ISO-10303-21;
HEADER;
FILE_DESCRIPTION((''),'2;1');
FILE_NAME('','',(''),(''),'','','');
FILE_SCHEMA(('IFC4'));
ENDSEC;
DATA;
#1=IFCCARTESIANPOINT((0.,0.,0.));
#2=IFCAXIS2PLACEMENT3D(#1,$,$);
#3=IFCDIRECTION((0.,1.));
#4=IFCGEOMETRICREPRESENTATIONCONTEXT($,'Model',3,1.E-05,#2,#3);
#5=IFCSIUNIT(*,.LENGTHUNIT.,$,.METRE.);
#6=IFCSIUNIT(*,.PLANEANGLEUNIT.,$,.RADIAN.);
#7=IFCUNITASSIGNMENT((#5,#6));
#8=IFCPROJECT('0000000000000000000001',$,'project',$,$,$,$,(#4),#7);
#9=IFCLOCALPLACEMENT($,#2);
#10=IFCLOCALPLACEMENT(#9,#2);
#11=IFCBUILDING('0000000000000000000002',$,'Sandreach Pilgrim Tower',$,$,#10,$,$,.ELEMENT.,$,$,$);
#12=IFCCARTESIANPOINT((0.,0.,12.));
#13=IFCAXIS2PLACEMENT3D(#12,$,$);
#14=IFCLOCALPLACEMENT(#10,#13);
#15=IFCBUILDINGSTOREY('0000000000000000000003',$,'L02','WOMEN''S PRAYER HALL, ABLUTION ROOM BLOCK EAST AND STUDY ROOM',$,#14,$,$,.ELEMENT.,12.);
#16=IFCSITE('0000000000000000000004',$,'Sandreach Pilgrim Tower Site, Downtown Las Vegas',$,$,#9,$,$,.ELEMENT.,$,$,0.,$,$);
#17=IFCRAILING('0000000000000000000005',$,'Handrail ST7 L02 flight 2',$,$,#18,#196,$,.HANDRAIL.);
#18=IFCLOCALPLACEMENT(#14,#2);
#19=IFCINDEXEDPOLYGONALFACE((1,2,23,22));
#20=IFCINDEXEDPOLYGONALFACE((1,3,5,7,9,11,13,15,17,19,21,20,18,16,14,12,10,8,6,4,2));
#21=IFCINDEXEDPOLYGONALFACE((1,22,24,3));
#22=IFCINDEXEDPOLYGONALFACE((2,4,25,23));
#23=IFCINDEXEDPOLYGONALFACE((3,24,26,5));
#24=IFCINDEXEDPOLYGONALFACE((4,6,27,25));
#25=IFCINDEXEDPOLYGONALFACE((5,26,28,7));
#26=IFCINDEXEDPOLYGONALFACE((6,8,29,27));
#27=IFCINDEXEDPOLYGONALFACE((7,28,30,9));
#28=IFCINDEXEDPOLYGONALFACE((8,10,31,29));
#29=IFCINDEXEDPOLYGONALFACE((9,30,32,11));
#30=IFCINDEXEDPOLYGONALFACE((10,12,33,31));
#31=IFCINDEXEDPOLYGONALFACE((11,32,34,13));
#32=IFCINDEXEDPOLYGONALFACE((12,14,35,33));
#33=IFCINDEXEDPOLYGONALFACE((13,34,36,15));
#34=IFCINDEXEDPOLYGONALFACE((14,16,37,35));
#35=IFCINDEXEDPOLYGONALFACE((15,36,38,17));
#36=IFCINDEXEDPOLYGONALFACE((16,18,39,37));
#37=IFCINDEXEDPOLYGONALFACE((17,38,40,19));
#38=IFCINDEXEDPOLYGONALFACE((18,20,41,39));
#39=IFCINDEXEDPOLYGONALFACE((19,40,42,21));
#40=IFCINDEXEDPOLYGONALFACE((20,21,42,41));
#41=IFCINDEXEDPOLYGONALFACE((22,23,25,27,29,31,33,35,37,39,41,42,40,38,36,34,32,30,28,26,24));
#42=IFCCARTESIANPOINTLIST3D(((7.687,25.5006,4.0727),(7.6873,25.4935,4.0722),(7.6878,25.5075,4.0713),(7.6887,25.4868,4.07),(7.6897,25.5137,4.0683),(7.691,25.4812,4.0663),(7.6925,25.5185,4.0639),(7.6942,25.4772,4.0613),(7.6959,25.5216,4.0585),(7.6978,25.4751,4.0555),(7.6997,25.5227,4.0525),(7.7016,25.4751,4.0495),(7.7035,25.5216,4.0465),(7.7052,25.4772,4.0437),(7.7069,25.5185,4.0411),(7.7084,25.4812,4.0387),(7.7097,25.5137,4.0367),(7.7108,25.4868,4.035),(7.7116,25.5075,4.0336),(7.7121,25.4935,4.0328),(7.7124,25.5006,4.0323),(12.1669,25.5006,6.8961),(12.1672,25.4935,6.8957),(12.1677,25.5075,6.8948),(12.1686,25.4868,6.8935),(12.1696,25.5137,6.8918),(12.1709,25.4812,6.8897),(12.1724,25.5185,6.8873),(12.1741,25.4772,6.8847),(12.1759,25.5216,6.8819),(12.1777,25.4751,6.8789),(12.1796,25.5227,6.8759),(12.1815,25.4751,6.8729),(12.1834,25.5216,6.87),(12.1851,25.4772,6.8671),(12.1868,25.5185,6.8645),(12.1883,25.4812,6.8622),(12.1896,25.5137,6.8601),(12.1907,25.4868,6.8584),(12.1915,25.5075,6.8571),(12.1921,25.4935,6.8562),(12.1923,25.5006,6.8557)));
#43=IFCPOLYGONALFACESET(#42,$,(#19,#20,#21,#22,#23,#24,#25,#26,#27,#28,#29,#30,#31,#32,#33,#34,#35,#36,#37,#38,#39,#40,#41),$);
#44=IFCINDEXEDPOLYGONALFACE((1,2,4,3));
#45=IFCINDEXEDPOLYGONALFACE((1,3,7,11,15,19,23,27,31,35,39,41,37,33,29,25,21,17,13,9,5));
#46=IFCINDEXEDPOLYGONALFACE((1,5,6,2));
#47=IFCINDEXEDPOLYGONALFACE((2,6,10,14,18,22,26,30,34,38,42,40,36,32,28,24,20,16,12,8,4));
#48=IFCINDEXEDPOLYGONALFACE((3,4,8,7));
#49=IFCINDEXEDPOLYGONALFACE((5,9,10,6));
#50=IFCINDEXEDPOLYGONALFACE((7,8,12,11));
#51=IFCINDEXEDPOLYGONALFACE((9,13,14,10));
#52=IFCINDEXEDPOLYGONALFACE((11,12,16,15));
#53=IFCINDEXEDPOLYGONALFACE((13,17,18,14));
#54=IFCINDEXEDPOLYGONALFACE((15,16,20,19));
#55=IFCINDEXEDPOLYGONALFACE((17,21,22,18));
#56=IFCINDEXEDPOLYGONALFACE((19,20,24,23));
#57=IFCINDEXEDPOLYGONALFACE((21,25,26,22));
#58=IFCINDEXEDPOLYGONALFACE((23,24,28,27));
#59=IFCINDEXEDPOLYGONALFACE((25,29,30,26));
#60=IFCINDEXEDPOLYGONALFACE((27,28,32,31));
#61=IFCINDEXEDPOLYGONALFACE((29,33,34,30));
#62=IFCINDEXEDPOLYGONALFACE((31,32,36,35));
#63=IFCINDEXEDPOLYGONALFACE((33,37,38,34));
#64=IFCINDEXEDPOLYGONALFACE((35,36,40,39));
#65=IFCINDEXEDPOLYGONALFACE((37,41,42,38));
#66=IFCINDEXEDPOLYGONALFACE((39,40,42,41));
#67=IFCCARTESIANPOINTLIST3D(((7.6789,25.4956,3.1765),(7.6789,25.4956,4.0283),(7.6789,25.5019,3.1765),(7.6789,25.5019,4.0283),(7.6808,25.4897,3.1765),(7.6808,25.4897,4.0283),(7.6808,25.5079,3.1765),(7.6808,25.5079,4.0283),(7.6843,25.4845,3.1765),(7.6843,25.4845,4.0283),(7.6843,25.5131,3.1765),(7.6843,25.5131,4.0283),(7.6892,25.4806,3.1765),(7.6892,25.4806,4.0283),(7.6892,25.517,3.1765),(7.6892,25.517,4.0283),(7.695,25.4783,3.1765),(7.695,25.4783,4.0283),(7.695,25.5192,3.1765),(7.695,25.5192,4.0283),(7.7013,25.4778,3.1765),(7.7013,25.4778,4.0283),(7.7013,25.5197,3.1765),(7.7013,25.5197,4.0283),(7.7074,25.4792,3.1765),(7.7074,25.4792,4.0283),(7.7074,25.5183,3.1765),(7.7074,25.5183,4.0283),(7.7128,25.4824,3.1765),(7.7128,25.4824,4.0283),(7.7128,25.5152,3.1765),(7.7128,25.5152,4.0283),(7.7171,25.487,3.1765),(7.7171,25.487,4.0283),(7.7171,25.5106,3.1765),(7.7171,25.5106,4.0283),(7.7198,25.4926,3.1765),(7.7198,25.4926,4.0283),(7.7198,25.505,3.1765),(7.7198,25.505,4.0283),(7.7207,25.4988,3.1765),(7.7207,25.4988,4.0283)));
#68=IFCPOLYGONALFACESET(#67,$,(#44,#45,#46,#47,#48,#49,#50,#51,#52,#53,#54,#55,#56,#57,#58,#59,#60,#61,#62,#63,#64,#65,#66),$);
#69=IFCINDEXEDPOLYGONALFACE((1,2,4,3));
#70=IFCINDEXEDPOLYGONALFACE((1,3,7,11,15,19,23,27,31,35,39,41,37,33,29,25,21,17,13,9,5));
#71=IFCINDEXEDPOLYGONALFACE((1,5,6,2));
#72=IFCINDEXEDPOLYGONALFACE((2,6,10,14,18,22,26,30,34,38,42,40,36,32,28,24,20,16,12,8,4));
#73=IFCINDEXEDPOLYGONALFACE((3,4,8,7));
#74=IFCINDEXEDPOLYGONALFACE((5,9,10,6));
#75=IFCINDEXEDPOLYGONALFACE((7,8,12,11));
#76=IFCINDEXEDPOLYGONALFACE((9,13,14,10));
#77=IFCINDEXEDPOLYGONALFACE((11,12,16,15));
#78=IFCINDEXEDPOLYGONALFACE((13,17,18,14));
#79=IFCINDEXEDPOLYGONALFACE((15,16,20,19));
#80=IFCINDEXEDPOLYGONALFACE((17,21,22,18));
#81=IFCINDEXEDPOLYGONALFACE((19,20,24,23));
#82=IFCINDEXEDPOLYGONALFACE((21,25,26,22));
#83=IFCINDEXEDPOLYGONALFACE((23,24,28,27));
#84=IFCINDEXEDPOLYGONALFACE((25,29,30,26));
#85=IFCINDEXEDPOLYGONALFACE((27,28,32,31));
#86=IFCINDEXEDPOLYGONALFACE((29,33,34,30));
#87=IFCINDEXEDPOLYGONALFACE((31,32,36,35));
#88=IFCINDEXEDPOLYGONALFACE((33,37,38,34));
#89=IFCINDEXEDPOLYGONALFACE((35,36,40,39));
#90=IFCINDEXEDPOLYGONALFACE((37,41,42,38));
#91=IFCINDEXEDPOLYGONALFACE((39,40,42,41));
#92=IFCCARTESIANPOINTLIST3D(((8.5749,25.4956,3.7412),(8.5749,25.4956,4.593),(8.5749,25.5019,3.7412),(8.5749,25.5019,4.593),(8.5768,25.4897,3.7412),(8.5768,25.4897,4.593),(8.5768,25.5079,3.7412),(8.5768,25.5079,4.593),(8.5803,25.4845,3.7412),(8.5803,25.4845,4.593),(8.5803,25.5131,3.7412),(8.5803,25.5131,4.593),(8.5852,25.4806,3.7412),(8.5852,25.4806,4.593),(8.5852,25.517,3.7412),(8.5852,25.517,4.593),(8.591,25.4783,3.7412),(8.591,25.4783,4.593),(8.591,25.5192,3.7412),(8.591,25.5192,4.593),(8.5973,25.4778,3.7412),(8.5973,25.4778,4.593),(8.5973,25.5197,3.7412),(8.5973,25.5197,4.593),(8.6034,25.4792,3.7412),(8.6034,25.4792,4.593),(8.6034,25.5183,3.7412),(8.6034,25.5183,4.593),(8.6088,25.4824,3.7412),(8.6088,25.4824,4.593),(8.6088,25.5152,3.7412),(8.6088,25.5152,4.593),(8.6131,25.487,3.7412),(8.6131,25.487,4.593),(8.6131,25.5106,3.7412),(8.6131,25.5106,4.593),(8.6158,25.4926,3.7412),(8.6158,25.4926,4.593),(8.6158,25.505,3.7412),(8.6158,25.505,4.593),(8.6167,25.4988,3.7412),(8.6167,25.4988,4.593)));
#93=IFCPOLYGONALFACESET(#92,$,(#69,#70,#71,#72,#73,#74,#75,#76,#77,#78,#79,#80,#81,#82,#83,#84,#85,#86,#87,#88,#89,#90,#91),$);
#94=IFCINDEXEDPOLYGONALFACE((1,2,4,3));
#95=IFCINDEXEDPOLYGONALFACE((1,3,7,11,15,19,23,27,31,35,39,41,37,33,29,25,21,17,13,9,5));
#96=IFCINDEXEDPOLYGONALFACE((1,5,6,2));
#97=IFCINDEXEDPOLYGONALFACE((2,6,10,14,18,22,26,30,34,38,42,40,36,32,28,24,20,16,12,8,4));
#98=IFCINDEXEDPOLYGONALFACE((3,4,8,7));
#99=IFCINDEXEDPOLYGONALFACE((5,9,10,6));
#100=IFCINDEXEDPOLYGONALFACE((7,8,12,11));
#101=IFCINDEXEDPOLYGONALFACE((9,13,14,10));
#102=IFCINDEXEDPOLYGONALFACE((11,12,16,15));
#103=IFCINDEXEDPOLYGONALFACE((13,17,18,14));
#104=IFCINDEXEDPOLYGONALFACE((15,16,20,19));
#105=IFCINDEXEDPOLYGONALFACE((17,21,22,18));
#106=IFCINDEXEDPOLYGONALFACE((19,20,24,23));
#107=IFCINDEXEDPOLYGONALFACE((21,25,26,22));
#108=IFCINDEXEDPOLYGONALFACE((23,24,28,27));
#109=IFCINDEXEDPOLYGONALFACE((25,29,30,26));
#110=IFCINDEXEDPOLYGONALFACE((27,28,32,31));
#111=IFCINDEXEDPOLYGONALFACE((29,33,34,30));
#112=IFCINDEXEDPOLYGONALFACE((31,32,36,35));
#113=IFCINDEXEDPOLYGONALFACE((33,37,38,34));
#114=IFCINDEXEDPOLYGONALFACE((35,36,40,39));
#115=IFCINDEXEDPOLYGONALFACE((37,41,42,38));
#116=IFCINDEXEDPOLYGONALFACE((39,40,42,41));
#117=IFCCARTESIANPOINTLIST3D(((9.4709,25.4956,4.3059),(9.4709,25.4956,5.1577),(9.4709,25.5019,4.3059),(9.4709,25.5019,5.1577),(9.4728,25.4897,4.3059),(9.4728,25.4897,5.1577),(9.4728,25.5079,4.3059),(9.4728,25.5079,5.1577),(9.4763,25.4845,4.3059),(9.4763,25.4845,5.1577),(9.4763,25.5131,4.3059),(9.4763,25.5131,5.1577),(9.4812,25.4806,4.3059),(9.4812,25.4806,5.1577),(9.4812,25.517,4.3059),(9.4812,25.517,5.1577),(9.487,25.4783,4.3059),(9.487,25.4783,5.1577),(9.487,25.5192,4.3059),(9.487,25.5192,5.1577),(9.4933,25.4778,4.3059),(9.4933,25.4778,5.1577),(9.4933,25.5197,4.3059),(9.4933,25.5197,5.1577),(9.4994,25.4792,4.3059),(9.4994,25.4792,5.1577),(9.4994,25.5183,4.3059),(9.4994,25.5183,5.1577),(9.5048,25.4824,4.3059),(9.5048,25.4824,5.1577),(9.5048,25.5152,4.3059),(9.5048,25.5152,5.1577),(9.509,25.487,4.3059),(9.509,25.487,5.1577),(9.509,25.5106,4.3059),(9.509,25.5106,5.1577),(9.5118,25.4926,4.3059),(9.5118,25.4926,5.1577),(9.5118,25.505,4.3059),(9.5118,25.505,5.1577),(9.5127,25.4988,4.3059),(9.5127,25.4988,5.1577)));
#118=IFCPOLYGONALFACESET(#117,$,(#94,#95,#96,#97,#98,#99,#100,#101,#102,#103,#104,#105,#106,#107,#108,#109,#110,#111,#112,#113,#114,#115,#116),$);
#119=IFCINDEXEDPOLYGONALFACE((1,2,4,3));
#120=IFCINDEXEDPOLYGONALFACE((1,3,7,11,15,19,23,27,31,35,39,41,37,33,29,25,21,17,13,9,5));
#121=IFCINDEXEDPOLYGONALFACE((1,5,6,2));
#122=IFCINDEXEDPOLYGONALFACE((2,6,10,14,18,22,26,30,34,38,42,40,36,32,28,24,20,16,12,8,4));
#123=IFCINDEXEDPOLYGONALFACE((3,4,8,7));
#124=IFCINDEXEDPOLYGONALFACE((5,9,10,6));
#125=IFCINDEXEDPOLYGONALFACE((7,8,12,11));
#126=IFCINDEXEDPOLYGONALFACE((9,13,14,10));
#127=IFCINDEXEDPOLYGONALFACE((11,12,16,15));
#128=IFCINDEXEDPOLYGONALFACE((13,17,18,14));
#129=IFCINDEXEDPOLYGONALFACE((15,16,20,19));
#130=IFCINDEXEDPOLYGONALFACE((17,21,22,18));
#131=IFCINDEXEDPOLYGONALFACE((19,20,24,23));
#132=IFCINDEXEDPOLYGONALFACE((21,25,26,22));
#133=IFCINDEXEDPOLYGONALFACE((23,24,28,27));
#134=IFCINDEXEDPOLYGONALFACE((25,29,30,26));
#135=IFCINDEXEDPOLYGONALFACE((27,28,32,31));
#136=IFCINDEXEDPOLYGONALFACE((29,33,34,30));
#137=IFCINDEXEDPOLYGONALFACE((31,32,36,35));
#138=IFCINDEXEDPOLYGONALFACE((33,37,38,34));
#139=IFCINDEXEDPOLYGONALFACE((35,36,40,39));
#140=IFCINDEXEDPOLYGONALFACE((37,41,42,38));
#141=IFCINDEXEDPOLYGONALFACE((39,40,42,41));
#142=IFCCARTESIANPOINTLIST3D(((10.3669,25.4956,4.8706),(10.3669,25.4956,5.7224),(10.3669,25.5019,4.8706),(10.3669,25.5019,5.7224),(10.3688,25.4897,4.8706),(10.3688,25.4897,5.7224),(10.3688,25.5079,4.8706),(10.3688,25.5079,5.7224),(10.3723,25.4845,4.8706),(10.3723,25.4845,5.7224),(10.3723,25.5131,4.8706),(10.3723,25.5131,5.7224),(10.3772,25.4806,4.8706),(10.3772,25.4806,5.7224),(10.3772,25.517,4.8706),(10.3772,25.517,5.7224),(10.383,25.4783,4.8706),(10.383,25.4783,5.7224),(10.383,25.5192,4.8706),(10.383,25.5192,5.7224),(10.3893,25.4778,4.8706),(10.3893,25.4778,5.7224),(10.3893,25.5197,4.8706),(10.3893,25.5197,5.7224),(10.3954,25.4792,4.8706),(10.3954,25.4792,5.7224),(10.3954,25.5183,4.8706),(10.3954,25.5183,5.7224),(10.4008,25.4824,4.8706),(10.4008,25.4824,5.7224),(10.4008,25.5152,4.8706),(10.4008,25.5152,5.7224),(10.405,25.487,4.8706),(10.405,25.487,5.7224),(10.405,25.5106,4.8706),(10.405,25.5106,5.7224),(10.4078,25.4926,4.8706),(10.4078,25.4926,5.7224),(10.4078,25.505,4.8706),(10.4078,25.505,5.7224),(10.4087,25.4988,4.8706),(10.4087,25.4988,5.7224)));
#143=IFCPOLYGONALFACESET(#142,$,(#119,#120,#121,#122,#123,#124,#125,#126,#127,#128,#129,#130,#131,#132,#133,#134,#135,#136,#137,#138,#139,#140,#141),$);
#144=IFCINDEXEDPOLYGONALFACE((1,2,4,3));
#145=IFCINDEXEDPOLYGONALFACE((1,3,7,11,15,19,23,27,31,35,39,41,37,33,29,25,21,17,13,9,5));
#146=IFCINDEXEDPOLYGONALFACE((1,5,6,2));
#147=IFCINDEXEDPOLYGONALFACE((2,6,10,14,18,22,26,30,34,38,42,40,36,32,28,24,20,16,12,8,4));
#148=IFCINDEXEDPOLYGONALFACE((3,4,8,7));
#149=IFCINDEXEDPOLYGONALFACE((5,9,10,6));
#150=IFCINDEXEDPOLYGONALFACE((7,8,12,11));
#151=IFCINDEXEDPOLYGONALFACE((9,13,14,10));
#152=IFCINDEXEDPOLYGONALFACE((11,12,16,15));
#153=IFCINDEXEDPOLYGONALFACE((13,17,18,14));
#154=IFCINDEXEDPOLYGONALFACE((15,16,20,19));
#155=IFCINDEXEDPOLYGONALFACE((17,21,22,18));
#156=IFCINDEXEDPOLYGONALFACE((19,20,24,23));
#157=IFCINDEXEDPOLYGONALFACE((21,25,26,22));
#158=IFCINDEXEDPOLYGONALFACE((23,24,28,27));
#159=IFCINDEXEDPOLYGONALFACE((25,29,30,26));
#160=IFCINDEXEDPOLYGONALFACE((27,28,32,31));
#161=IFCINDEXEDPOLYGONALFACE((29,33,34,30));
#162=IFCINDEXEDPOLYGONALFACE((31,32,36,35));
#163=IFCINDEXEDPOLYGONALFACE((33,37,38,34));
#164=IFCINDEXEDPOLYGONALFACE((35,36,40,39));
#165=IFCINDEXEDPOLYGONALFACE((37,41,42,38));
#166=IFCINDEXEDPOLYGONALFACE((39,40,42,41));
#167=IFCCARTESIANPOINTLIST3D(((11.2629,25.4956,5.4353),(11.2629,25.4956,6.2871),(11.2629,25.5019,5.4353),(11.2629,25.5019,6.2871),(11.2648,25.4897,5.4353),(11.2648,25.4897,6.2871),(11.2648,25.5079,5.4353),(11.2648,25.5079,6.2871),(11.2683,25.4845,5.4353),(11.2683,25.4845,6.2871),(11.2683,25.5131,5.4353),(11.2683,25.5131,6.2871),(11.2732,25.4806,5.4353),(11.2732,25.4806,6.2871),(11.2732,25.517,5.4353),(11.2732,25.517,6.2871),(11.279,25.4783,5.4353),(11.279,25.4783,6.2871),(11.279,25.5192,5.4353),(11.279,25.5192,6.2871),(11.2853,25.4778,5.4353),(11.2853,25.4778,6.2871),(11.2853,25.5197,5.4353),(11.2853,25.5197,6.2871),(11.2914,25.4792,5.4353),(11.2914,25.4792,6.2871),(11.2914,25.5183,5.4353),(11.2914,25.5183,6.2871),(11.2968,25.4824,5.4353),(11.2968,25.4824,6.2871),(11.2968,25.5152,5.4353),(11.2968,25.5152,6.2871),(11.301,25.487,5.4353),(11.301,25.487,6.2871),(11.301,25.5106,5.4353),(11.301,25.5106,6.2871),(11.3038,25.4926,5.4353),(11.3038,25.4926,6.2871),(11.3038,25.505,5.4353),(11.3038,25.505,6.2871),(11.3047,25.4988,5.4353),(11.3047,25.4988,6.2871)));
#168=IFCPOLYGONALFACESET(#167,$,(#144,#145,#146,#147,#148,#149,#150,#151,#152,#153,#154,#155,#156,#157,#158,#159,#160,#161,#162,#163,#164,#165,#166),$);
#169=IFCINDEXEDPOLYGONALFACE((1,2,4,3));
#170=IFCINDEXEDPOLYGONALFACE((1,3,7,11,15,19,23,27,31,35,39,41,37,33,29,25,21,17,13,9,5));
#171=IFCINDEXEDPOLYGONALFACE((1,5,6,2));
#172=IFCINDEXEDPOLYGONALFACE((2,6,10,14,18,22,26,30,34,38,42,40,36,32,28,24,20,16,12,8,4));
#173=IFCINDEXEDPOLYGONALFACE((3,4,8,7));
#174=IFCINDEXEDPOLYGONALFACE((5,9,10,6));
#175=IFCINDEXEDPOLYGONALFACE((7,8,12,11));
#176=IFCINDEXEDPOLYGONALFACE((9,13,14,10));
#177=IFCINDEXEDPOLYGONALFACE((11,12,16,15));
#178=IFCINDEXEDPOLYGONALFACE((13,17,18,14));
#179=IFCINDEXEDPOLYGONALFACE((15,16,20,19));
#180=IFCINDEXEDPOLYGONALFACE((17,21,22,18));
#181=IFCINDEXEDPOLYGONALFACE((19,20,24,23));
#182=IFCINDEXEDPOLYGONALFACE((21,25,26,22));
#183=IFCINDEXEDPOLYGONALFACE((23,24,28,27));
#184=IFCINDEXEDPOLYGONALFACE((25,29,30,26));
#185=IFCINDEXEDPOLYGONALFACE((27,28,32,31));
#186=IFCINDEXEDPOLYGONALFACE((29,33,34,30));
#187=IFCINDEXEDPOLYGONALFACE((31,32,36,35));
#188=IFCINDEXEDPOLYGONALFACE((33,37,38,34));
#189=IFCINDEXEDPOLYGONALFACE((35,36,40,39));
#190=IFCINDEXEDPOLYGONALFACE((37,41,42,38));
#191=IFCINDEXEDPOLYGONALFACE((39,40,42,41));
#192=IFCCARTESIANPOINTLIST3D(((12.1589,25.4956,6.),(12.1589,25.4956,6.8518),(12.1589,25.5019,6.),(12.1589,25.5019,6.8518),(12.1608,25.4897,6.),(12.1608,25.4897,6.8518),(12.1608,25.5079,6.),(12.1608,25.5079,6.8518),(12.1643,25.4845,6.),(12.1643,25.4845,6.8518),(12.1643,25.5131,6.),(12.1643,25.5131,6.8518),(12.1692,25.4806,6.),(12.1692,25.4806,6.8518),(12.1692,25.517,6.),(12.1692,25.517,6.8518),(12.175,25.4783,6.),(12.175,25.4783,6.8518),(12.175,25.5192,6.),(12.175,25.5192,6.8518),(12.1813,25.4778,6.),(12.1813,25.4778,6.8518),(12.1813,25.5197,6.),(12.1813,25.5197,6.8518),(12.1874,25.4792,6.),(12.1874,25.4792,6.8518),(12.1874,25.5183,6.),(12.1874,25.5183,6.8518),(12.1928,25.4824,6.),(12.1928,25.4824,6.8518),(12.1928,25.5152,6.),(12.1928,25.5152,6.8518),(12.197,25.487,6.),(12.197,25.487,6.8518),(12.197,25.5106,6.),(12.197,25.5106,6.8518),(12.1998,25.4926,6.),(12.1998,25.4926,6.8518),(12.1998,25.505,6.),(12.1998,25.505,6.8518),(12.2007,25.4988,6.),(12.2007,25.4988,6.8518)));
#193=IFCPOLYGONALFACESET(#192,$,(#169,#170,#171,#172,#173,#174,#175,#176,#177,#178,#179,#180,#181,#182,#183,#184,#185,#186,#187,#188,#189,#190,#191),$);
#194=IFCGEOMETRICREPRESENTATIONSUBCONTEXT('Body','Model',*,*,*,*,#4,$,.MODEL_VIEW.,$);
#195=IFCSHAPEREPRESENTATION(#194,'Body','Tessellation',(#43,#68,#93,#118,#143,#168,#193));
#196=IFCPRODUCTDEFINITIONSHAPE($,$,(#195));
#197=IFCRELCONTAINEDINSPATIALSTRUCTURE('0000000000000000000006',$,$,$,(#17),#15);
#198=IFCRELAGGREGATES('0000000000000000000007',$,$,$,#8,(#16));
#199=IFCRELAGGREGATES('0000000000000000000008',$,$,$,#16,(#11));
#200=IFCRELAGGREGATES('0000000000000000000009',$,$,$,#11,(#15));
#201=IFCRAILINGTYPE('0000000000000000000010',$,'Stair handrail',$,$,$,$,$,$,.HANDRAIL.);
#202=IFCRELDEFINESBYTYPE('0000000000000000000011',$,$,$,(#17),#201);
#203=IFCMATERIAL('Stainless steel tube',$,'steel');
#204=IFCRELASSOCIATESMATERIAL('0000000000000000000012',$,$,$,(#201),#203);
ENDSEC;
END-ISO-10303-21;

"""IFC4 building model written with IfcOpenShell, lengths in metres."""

from ifc_helpers import new_model, si_unit, direction, frame, origin, origin_2d, place, context, subcontext, project, spatial, circle, extrude, material, type_object, element, save


model = new_model("IFC4")

# Units and contexts
model_context = context("Model", 3, precision=1e-05, world=origin(), true_north=direction((0.0, 1.0)))
body_context = subcontext(model_context, "Body", "Model", "MODEL_VIEW")
ifc_project = project(units=[si_unit("LENGTHUNIT", "METRE"), si_unit("PLANEANGLEUNIT", "RADIAN")], contexts=[model_context])

# Site, building, storey
site_placement = place(None, origin())
site = spatial("IfcSite", under=ifc_project, at=site_placement, Name="Sandreach Pilgrim Tower Site, Downtown Las Vegas", CompositionType="ELEMENT", RefElevation=0.0)
building_placement = place(site_placement, origin())
building = spatial("IfcBuilding", under=site, at=building_placement, Name="Sandreach Pilgrim Tower", CompositionType="ELEMENT")
storey_placement = place(building_placement, frame((0.0, 0.0, 12.0)))
storey = spatial("IfcBuildingStorey", under=building, at=storey_placement, Name="L02", Description="WOMEN'S PRAYER HALL, ABLUTION ROOM BLOCK EAST AND STUDY ROOM", CompositionType="ELEMENT", Elevation=12.0)

# Railing
ifc_material_1 = material(Name="Stainless steel tube", Category="steel")
railing_type = type_object("IfcRailingType", Name="Stair handrail", PredefinedType="HANDRAIL", material=ifc_material_1)
for number, where, name in (
    (1, (7.6997, 25.4988, 3.1765), "Handrail ST7 L02 flight 2"),
):
    element("IfcRailing", number, at=place(storey_placement, frame(where)), inside=storey, type_object=railing_type, Name=name, PredefinedType="HANDRAIL", context=body_context, shape_type="SweptSolid", body=[
        extrude(circle(Radius=0.0239, at=origin_2d()), frame((0.0, 0.0, 0.876), z_axis=(0.845998, 0.0, 0.533186), x_axis=(0.0, 1.0, 0.0)), (0.0, 0.0, 1.0), 5.2954),
        extrude(circle(Radius=0.021, at=origin_2d()), origin(), (0.0, 0.0, 1.0), 0.8518),
        extrude(circle(Radius=0.021, at=origin_2d()), frame((0.896, 0.0, 0.5647)), (0.0, 0.0, 1.0), 0.8518),
        extrude(circle(Radius=0.021, at=origin_2d()), frame((1.792, 0.0, 1.1294)), (0.0, 0.0, 1.0), 0.8518),
        extrude(circle(Radius=0.021, at=origin_2d()), frame((2.688, 0.0, 1.6941)), (0.0, 0.0, 1.0), 0.8518),
        extrude(circle(Radius=0.021, at=origin_2d()), frame((3.584, 0.0, 2.2588)), (0.0, 0.0, 1.0), 0.8518),
        extrude(circle(Radius=0.021, at=origin_2d()), frame((4.48, 0.0, 2.8235)), (0.0, 0.0, 1.0), 0.8518),
    ])

save(model, "model.ifc")
